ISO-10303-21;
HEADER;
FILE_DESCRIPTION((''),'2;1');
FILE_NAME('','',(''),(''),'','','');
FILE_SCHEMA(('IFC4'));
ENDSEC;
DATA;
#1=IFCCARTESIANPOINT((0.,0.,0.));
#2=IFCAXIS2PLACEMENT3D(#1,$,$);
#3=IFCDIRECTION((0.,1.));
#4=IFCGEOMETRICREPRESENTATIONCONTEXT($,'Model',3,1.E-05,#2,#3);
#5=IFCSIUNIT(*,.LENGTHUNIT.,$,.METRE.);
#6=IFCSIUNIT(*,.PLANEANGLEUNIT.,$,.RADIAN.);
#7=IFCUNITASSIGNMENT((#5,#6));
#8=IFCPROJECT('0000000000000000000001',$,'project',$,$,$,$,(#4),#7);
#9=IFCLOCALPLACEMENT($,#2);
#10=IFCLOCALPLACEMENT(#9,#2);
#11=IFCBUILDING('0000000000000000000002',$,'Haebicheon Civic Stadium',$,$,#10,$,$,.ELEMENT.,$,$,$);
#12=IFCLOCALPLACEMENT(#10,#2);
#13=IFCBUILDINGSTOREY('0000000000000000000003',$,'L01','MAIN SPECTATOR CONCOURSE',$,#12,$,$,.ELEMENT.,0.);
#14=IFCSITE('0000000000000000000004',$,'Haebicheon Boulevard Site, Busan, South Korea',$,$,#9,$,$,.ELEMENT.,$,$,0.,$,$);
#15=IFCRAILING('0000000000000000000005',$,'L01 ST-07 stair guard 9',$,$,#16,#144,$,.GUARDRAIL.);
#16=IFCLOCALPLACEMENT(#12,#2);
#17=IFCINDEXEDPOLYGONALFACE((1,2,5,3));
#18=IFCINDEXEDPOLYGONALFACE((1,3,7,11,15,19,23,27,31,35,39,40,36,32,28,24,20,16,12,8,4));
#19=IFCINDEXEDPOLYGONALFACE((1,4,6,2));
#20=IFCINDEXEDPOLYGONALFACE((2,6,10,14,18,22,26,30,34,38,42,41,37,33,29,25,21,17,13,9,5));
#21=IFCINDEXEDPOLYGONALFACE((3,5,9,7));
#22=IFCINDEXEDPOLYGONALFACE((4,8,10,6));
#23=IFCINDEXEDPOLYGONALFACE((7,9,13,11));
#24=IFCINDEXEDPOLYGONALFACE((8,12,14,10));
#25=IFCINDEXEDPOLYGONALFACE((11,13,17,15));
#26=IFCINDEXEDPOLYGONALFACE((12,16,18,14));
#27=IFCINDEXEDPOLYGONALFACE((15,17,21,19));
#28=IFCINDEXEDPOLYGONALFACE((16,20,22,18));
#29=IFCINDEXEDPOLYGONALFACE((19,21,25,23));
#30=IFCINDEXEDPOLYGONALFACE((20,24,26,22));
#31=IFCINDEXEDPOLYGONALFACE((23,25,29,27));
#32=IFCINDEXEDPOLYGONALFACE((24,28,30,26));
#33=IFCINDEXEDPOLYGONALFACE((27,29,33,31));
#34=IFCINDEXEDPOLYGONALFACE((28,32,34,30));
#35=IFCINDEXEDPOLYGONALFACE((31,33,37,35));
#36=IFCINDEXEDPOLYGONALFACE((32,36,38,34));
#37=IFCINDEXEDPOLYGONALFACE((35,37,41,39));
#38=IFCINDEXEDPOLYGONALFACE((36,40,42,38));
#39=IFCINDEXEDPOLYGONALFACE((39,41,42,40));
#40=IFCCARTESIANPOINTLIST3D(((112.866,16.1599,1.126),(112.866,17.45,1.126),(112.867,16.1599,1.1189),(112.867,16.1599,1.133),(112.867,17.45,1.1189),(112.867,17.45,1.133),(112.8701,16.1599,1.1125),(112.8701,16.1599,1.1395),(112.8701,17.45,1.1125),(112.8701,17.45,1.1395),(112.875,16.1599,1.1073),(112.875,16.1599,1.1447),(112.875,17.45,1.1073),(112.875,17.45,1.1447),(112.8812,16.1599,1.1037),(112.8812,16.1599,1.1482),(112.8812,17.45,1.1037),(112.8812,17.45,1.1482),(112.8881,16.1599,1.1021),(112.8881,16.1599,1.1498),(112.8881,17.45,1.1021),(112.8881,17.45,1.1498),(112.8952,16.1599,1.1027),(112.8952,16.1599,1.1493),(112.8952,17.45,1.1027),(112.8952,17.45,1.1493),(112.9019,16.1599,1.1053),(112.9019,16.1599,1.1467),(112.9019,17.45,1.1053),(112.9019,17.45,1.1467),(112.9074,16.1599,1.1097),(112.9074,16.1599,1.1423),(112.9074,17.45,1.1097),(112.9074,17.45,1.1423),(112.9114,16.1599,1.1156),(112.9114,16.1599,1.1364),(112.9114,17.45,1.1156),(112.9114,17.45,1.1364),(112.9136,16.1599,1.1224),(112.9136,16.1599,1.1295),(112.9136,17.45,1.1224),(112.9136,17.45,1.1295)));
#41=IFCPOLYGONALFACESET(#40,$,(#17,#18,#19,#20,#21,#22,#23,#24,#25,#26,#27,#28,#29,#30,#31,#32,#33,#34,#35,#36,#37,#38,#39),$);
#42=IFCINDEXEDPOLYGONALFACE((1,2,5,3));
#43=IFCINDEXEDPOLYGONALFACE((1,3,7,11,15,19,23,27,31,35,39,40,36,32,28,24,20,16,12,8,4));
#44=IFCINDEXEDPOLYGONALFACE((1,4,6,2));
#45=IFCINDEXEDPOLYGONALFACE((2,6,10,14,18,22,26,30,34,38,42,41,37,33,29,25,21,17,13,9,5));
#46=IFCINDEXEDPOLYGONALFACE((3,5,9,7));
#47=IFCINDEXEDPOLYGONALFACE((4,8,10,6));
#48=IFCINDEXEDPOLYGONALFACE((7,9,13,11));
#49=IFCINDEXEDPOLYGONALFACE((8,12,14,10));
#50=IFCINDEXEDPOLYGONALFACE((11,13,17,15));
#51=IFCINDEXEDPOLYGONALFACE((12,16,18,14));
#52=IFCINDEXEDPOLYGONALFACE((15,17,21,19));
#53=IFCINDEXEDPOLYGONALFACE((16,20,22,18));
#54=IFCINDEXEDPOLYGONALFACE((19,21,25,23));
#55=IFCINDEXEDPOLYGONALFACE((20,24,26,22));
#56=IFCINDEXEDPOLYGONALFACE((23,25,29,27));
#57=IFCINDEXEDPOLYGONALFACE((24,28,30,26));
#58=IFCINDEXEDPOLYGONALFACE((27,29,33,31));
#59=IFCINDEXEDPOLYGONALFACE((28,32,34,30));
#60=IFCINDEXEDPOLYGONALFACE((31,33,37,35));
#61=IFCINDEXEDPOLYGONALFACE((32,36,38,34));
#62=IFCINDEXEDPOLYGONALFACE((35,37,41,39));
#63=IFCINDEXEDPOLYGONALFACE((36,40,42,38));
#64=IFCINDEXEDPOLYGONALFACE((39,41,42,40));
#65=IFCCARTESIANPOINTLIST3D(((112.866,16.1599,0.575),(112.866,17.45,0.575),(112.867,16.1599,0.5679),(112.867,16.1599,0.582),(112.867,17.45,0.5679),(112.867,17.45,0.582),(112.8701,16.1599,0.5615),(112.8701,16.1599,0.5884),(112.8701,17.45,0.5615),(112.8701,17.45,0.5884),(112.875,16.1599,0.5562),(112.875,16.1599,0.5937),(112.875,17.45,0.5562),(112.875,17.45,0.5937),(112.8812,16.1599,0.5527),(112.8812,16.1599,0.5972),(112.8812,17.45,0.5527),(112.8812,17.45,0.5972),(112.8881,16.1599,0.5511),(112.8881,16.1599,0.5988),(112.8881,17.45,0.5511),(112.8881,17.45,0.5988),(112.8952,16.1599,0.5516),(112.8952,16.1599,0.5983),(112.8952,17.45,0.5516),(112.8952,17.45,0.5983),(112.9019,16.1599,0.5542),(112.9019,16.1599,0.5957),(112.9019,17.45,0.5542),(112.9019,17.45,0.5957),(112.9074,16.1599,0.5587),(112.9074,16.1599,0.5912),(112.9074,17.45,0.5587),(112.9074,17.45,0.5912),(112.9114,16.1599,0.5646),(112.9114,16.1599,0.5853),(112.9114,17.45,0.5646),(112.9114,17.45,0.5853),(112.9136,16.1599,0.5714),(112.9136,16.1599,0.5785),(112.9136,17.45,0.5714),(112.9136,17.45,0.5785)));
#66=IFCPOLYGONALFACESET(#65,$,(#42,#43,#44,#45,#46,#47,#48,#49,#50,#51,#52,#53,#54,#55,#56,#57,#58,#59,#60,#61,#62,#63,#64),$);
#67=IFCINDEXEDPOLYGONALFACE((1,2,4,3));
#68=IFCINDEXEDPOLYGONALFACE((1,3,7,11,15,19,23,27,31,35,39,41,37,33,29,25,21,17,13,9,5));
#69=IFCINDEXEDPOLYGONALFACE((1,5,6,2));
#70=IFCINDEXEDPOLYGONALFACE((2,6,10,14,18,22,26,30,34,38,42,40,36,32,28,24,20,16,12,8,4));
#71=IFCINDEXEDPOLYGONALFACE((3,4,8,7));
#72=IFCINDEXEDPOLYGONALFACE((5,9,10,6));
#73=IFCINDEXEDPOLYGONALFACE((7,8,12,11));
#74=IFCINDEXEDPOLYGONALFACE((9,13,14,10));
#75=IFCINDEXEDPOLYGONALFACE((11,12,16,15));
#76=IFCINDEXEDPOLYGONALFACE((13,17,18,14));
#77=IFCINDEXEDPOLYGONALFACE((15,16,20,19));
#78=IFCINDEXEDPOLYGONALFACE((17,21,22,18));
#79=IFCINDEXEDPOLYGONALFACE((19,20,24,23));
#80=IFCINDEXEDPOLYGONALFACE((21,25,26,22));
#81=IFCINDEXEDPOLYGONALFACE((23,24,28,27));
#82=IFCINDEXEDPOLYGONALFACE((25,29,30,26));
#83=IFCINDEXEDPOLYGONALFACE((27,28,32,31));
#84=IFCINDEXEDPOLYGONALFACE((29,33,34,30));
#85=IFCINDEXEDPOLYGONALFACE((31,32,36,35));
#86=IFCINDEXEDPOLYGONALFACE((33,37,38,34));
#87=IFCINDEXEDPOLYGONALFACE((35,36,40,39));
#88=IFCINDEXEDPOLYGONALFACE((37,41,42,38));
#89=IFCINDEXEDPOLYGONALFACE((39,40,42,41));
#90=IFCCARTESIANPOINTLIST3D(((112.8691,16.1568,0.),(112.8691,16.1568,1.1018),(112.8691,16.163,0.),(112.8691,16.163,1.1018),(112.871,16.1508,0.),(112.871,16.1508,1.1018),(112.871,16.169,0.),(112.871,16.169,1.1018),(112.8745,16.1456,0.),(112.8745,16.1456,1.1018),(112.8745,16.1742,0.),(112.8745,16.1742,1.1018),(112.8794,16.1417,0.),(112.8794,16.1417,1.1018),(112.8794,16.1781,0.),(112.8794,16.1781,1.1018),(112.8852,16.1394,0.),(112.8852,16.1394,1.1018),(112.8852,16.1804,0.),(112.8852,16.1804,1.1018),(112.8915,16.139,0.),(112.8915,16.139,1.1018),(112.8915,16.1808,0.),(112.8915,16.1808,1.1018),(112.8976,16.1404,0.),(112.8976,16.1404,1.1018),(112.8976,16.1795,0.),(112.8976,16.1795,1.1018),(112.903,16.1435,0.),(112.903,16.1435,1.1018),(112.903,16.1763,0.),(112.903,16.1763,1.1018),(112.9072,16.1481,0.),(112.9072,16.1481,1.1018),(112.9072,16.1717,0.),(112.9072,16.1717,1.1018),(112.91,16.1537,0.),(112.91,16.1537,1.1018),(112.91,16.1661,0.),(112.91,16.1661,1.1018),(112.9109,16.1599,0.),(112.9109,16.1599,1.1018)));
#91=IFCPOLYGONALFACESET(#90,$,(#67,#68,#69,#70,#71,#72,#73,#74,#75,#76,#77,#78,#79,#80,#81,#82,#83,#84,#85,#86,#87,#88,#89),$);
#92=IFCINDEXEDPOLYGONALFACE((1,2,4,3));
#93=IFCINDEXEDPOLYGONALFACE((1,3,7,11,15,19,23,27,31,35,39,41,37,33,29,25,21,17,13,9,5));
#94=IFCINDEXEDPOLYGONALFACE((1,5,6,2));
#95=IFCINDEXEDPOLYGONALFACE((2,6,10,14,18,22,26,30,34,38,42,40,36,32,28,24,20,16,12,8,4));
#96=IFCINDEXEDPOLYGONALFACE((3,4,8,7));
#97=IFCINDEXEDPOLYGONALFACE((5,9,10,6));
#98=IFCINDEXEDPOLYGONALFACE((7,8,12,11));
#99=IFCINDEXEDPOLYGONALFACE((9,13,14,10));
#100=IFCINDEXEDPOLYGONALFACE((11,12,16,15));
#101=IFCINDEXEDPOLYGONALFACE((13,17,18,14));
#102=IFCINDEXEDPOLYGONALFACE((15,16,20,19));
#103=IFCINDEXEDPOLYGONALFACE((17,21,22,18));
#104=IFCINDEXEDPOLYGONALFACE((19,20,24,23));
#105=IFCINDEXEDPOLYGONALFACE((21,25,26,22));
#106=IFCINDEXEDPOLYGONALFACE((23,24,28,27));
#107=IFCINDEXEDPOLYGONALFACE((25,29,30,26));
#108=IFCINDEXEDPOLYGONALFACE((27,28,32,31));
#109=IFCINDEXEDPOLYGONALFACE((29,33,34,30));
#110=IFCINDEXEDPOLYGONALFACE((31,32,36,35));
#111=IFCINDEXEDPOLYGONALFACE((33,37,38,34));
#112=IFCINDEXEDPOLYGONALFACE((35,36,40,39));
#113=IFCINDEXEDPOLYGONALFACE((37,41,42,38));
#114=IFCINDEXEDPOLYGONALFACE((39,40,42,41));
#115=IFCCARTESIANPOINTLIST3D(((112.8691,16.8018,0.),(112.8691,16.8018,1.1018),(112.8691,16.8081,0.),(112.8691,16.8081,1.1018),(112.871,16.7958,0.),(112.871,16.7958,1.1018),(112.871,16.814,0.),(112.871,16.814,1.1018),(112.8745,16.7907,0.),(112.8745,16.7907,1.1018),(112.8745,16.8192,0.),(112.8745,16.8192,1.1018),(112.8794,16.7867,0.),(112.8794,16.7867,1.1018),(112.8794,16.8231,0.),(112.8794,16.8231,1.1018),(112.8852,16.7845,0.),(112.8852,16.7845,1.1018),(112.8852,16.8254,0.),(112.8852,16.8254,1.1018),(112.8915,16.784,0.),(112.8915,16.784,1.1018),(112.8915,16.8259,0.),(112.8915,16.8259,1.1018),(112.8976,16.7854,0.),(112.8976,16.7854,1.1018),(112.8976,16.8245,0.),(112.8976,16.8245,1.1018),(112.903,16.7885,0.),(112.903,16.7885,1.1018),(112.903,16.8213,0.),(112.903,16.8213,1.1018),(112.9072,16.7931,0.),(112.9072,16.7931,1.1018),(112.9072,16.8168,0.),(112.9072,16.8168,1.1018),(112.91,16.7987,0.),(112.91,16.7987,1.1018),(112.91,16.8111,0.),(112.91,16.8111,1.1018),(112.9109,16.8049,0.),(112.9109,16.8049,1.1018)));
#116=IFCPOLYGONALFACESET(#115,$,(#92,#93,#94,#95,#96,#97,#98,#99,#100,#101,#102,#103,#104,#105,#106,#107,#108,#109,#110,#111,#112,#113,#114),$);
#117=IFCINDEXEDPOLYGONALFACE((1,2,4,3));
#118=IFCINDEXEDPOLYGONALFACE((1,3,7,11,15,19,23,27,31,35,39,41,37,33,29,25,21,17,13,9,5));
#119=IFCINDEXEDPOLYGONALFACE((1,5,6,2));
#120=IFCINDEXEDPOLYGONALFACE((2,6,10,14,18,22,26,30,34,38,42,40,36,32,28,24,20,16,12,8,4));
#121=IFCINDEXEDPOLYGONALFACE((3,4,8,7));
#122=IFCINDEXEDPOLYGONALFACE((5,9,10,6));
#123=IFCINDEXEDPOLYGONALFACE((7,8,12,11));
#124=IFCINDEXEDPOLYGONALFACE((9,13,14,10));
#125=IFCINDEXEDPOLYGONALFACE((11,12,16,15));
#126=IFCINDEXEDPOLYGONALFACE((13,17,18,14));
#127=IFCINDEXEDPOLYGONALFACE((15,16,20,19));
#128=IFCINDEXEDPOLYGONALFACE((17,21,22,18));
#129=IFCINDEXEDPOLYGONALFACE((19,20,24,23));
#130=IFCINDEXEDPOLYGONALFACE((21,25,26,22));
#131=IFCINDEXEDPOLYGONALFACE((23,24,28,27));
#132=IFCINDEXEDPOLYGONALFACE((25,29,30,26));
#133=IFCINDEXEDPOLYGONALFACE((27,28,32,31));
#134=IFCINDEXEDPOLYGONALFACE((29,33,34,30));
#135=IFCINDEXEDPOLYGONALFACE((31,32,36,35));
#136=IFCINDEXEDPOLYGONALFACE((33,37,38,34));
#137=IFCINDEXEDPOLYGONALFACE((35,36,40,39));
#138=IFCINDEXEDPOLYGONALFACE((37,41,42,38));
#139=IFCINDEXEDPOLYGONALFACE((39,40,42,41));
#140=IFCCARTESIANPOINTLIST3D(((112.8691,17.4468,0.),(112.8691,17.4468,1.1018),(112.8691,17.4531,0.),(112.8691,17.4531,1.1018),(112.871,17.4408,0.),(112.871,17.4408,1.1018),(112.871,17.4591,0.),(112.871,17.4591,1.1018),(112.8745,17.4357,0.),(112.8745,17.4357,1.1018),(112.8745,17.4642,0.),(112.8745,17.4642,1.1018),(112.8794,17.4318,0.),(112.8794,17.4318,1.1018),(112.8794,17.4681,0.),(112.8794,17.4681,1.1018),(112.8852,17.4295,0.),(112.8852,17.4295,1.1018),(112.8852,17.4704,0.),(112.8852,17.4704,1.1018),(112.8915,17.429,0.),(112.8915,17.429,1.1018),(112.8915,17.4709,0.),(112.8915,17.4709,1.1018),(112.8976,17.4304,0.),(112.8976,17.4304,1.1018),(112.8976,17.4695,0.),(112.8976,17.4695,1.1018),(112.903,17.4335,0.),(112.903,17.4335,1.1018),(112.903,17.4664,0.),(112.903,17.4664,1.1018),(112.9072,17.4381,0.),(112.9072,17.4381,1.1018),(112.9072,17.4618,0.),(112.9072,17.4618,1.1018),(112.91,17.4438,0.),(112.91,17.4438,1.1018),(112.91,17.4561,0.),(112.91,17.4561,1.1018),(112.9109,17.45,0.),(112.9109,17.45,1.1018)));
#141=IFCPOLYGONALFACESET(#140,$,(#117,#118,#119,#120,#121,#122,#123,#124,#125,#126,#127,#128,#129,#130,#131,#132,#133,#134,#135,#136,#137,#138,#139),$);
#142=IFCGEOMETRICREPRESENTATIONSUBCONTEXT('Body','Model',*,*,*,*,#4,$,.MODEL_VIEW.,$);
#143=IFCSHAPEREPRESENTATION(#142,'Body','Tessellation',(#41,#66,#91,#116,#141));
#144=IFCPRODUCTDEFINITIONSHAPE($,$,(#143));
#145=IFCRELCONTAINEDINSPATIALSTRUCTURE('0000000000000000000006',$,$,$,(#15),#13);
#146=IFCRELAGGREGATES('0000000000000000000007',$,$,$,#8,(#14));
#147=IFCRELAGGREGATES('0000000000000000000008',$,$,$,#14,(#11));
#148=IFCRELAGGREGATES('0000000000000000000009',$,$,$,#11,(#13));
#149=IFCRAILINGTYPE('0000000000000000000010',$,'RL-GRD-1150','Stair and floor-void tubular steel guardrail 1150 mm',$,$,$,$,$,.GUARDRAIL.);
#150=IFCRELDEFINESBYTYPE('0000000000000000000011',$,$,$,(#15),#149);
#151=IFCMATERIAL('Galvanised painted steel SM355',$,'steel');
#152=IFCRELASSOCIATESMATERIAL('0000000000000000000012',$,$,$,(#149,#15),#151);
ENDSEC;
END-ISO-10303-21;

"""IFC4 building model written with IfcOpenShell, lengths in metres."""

from ifc_helpers import new_model, si_unit, direction, frame, origin, origin_2d, place, context, subcontext, project, spatial, circle, extrude, material, type_object, element, save


model = new_model("IFC4")

# Units and contexts
model_context = context("Model", 3, precision=1e-05, world=origin(), true_north=direction((0.0, 1.0)))
body_context = subcontext(model_context, "Body", "Model", "MODEL_VIEW")
ifc_project = project(units=[si_unit("LENGTHUNIT", "METRE"), si_unit("PLANEANGLEUNIT", "RADIAN")], contexts=[model_context])

# Site, building, storey
site_placement = place(None, origin())
site = spatial("IfcSite", under=ifc_project, at=site_placement, Name="Haebicheon Boulevard Site, Busan, South Korea", CompositionType="ELEMENT", RefElevation=0.0)
building_placement = place(site_placement, origin())
building = spatial("IfcBuilding", under=site, at=building_placement, Name="Haebicheon Civic Stadium", CompositionType="ELEMENT")
storey_placement = place(building_placement, origin())
storey = spatial("IfcBuildingStorey", under=building, at=storey_placement, Name="L01", Description="MAIN SPECTATOR CONCOURSE", CompositionType="ELEMENT", Elevation=0.0)

# Railing
ifc_material_1 = material(Name="Galvanised painted steel SM355", Category="steel")
railing_type_1 = type_object("IfcRailingType", Name="RL-GRD-1150", Description="Stair and floor-void tubular steel guardrail 1150 mm", PredefinedType="GUARDRAIL", material=ifc_material_1)
for number, where, name in (
    (1, (112.8899, 16.1599, 0.0), "L01 ST-07 stair guard 9"),
):
    element("IfcRailing", number, at=place(storey_placement, frame(where)), inside=storey, type_object=railing_type_1, material=ifc_material_1, Name=name, PredefinedType="GUARDRAIL", context=body_context, shape_type="SweptSolid", body=[
        extrude(circle(Radius=0.0239, at=origin_2d()), frame((0.0, 0.0, 1.126), z_axis=(0.0, 1.0, 0.0), x_axis=(-1.0, 0.0, 0.0)), (0.0, 0.0, 1.0), 1.29),
        extrude(circle(Radius=0.0239, at=origin_2d()), frame((0.0, 0.0, 0.575), z_axis=(0.0, 1.0, 0.0), x_axis=(-1.0, 0.0, 0.0)), (0.0, 0.0, 1.0), 1.29),
        extrude(circle(Radius=0.021, at=origin_2d()), origin(), (0.0, 0.0, 1.0), 1.1018),
        extrude(circle(Radius=0.021, at=origin_2d()), frame((0.0, 0.645, 0.0)), (0.0, 0.0, 1.0), 1.1018),
        extrude(circle(Radius=0.021, at=origin_2d()), frame((0.0, 1.29, 0.0)), (0.0, 0.0, 1.0), 1.1018),
    ])

save(model, "model.ifc")
